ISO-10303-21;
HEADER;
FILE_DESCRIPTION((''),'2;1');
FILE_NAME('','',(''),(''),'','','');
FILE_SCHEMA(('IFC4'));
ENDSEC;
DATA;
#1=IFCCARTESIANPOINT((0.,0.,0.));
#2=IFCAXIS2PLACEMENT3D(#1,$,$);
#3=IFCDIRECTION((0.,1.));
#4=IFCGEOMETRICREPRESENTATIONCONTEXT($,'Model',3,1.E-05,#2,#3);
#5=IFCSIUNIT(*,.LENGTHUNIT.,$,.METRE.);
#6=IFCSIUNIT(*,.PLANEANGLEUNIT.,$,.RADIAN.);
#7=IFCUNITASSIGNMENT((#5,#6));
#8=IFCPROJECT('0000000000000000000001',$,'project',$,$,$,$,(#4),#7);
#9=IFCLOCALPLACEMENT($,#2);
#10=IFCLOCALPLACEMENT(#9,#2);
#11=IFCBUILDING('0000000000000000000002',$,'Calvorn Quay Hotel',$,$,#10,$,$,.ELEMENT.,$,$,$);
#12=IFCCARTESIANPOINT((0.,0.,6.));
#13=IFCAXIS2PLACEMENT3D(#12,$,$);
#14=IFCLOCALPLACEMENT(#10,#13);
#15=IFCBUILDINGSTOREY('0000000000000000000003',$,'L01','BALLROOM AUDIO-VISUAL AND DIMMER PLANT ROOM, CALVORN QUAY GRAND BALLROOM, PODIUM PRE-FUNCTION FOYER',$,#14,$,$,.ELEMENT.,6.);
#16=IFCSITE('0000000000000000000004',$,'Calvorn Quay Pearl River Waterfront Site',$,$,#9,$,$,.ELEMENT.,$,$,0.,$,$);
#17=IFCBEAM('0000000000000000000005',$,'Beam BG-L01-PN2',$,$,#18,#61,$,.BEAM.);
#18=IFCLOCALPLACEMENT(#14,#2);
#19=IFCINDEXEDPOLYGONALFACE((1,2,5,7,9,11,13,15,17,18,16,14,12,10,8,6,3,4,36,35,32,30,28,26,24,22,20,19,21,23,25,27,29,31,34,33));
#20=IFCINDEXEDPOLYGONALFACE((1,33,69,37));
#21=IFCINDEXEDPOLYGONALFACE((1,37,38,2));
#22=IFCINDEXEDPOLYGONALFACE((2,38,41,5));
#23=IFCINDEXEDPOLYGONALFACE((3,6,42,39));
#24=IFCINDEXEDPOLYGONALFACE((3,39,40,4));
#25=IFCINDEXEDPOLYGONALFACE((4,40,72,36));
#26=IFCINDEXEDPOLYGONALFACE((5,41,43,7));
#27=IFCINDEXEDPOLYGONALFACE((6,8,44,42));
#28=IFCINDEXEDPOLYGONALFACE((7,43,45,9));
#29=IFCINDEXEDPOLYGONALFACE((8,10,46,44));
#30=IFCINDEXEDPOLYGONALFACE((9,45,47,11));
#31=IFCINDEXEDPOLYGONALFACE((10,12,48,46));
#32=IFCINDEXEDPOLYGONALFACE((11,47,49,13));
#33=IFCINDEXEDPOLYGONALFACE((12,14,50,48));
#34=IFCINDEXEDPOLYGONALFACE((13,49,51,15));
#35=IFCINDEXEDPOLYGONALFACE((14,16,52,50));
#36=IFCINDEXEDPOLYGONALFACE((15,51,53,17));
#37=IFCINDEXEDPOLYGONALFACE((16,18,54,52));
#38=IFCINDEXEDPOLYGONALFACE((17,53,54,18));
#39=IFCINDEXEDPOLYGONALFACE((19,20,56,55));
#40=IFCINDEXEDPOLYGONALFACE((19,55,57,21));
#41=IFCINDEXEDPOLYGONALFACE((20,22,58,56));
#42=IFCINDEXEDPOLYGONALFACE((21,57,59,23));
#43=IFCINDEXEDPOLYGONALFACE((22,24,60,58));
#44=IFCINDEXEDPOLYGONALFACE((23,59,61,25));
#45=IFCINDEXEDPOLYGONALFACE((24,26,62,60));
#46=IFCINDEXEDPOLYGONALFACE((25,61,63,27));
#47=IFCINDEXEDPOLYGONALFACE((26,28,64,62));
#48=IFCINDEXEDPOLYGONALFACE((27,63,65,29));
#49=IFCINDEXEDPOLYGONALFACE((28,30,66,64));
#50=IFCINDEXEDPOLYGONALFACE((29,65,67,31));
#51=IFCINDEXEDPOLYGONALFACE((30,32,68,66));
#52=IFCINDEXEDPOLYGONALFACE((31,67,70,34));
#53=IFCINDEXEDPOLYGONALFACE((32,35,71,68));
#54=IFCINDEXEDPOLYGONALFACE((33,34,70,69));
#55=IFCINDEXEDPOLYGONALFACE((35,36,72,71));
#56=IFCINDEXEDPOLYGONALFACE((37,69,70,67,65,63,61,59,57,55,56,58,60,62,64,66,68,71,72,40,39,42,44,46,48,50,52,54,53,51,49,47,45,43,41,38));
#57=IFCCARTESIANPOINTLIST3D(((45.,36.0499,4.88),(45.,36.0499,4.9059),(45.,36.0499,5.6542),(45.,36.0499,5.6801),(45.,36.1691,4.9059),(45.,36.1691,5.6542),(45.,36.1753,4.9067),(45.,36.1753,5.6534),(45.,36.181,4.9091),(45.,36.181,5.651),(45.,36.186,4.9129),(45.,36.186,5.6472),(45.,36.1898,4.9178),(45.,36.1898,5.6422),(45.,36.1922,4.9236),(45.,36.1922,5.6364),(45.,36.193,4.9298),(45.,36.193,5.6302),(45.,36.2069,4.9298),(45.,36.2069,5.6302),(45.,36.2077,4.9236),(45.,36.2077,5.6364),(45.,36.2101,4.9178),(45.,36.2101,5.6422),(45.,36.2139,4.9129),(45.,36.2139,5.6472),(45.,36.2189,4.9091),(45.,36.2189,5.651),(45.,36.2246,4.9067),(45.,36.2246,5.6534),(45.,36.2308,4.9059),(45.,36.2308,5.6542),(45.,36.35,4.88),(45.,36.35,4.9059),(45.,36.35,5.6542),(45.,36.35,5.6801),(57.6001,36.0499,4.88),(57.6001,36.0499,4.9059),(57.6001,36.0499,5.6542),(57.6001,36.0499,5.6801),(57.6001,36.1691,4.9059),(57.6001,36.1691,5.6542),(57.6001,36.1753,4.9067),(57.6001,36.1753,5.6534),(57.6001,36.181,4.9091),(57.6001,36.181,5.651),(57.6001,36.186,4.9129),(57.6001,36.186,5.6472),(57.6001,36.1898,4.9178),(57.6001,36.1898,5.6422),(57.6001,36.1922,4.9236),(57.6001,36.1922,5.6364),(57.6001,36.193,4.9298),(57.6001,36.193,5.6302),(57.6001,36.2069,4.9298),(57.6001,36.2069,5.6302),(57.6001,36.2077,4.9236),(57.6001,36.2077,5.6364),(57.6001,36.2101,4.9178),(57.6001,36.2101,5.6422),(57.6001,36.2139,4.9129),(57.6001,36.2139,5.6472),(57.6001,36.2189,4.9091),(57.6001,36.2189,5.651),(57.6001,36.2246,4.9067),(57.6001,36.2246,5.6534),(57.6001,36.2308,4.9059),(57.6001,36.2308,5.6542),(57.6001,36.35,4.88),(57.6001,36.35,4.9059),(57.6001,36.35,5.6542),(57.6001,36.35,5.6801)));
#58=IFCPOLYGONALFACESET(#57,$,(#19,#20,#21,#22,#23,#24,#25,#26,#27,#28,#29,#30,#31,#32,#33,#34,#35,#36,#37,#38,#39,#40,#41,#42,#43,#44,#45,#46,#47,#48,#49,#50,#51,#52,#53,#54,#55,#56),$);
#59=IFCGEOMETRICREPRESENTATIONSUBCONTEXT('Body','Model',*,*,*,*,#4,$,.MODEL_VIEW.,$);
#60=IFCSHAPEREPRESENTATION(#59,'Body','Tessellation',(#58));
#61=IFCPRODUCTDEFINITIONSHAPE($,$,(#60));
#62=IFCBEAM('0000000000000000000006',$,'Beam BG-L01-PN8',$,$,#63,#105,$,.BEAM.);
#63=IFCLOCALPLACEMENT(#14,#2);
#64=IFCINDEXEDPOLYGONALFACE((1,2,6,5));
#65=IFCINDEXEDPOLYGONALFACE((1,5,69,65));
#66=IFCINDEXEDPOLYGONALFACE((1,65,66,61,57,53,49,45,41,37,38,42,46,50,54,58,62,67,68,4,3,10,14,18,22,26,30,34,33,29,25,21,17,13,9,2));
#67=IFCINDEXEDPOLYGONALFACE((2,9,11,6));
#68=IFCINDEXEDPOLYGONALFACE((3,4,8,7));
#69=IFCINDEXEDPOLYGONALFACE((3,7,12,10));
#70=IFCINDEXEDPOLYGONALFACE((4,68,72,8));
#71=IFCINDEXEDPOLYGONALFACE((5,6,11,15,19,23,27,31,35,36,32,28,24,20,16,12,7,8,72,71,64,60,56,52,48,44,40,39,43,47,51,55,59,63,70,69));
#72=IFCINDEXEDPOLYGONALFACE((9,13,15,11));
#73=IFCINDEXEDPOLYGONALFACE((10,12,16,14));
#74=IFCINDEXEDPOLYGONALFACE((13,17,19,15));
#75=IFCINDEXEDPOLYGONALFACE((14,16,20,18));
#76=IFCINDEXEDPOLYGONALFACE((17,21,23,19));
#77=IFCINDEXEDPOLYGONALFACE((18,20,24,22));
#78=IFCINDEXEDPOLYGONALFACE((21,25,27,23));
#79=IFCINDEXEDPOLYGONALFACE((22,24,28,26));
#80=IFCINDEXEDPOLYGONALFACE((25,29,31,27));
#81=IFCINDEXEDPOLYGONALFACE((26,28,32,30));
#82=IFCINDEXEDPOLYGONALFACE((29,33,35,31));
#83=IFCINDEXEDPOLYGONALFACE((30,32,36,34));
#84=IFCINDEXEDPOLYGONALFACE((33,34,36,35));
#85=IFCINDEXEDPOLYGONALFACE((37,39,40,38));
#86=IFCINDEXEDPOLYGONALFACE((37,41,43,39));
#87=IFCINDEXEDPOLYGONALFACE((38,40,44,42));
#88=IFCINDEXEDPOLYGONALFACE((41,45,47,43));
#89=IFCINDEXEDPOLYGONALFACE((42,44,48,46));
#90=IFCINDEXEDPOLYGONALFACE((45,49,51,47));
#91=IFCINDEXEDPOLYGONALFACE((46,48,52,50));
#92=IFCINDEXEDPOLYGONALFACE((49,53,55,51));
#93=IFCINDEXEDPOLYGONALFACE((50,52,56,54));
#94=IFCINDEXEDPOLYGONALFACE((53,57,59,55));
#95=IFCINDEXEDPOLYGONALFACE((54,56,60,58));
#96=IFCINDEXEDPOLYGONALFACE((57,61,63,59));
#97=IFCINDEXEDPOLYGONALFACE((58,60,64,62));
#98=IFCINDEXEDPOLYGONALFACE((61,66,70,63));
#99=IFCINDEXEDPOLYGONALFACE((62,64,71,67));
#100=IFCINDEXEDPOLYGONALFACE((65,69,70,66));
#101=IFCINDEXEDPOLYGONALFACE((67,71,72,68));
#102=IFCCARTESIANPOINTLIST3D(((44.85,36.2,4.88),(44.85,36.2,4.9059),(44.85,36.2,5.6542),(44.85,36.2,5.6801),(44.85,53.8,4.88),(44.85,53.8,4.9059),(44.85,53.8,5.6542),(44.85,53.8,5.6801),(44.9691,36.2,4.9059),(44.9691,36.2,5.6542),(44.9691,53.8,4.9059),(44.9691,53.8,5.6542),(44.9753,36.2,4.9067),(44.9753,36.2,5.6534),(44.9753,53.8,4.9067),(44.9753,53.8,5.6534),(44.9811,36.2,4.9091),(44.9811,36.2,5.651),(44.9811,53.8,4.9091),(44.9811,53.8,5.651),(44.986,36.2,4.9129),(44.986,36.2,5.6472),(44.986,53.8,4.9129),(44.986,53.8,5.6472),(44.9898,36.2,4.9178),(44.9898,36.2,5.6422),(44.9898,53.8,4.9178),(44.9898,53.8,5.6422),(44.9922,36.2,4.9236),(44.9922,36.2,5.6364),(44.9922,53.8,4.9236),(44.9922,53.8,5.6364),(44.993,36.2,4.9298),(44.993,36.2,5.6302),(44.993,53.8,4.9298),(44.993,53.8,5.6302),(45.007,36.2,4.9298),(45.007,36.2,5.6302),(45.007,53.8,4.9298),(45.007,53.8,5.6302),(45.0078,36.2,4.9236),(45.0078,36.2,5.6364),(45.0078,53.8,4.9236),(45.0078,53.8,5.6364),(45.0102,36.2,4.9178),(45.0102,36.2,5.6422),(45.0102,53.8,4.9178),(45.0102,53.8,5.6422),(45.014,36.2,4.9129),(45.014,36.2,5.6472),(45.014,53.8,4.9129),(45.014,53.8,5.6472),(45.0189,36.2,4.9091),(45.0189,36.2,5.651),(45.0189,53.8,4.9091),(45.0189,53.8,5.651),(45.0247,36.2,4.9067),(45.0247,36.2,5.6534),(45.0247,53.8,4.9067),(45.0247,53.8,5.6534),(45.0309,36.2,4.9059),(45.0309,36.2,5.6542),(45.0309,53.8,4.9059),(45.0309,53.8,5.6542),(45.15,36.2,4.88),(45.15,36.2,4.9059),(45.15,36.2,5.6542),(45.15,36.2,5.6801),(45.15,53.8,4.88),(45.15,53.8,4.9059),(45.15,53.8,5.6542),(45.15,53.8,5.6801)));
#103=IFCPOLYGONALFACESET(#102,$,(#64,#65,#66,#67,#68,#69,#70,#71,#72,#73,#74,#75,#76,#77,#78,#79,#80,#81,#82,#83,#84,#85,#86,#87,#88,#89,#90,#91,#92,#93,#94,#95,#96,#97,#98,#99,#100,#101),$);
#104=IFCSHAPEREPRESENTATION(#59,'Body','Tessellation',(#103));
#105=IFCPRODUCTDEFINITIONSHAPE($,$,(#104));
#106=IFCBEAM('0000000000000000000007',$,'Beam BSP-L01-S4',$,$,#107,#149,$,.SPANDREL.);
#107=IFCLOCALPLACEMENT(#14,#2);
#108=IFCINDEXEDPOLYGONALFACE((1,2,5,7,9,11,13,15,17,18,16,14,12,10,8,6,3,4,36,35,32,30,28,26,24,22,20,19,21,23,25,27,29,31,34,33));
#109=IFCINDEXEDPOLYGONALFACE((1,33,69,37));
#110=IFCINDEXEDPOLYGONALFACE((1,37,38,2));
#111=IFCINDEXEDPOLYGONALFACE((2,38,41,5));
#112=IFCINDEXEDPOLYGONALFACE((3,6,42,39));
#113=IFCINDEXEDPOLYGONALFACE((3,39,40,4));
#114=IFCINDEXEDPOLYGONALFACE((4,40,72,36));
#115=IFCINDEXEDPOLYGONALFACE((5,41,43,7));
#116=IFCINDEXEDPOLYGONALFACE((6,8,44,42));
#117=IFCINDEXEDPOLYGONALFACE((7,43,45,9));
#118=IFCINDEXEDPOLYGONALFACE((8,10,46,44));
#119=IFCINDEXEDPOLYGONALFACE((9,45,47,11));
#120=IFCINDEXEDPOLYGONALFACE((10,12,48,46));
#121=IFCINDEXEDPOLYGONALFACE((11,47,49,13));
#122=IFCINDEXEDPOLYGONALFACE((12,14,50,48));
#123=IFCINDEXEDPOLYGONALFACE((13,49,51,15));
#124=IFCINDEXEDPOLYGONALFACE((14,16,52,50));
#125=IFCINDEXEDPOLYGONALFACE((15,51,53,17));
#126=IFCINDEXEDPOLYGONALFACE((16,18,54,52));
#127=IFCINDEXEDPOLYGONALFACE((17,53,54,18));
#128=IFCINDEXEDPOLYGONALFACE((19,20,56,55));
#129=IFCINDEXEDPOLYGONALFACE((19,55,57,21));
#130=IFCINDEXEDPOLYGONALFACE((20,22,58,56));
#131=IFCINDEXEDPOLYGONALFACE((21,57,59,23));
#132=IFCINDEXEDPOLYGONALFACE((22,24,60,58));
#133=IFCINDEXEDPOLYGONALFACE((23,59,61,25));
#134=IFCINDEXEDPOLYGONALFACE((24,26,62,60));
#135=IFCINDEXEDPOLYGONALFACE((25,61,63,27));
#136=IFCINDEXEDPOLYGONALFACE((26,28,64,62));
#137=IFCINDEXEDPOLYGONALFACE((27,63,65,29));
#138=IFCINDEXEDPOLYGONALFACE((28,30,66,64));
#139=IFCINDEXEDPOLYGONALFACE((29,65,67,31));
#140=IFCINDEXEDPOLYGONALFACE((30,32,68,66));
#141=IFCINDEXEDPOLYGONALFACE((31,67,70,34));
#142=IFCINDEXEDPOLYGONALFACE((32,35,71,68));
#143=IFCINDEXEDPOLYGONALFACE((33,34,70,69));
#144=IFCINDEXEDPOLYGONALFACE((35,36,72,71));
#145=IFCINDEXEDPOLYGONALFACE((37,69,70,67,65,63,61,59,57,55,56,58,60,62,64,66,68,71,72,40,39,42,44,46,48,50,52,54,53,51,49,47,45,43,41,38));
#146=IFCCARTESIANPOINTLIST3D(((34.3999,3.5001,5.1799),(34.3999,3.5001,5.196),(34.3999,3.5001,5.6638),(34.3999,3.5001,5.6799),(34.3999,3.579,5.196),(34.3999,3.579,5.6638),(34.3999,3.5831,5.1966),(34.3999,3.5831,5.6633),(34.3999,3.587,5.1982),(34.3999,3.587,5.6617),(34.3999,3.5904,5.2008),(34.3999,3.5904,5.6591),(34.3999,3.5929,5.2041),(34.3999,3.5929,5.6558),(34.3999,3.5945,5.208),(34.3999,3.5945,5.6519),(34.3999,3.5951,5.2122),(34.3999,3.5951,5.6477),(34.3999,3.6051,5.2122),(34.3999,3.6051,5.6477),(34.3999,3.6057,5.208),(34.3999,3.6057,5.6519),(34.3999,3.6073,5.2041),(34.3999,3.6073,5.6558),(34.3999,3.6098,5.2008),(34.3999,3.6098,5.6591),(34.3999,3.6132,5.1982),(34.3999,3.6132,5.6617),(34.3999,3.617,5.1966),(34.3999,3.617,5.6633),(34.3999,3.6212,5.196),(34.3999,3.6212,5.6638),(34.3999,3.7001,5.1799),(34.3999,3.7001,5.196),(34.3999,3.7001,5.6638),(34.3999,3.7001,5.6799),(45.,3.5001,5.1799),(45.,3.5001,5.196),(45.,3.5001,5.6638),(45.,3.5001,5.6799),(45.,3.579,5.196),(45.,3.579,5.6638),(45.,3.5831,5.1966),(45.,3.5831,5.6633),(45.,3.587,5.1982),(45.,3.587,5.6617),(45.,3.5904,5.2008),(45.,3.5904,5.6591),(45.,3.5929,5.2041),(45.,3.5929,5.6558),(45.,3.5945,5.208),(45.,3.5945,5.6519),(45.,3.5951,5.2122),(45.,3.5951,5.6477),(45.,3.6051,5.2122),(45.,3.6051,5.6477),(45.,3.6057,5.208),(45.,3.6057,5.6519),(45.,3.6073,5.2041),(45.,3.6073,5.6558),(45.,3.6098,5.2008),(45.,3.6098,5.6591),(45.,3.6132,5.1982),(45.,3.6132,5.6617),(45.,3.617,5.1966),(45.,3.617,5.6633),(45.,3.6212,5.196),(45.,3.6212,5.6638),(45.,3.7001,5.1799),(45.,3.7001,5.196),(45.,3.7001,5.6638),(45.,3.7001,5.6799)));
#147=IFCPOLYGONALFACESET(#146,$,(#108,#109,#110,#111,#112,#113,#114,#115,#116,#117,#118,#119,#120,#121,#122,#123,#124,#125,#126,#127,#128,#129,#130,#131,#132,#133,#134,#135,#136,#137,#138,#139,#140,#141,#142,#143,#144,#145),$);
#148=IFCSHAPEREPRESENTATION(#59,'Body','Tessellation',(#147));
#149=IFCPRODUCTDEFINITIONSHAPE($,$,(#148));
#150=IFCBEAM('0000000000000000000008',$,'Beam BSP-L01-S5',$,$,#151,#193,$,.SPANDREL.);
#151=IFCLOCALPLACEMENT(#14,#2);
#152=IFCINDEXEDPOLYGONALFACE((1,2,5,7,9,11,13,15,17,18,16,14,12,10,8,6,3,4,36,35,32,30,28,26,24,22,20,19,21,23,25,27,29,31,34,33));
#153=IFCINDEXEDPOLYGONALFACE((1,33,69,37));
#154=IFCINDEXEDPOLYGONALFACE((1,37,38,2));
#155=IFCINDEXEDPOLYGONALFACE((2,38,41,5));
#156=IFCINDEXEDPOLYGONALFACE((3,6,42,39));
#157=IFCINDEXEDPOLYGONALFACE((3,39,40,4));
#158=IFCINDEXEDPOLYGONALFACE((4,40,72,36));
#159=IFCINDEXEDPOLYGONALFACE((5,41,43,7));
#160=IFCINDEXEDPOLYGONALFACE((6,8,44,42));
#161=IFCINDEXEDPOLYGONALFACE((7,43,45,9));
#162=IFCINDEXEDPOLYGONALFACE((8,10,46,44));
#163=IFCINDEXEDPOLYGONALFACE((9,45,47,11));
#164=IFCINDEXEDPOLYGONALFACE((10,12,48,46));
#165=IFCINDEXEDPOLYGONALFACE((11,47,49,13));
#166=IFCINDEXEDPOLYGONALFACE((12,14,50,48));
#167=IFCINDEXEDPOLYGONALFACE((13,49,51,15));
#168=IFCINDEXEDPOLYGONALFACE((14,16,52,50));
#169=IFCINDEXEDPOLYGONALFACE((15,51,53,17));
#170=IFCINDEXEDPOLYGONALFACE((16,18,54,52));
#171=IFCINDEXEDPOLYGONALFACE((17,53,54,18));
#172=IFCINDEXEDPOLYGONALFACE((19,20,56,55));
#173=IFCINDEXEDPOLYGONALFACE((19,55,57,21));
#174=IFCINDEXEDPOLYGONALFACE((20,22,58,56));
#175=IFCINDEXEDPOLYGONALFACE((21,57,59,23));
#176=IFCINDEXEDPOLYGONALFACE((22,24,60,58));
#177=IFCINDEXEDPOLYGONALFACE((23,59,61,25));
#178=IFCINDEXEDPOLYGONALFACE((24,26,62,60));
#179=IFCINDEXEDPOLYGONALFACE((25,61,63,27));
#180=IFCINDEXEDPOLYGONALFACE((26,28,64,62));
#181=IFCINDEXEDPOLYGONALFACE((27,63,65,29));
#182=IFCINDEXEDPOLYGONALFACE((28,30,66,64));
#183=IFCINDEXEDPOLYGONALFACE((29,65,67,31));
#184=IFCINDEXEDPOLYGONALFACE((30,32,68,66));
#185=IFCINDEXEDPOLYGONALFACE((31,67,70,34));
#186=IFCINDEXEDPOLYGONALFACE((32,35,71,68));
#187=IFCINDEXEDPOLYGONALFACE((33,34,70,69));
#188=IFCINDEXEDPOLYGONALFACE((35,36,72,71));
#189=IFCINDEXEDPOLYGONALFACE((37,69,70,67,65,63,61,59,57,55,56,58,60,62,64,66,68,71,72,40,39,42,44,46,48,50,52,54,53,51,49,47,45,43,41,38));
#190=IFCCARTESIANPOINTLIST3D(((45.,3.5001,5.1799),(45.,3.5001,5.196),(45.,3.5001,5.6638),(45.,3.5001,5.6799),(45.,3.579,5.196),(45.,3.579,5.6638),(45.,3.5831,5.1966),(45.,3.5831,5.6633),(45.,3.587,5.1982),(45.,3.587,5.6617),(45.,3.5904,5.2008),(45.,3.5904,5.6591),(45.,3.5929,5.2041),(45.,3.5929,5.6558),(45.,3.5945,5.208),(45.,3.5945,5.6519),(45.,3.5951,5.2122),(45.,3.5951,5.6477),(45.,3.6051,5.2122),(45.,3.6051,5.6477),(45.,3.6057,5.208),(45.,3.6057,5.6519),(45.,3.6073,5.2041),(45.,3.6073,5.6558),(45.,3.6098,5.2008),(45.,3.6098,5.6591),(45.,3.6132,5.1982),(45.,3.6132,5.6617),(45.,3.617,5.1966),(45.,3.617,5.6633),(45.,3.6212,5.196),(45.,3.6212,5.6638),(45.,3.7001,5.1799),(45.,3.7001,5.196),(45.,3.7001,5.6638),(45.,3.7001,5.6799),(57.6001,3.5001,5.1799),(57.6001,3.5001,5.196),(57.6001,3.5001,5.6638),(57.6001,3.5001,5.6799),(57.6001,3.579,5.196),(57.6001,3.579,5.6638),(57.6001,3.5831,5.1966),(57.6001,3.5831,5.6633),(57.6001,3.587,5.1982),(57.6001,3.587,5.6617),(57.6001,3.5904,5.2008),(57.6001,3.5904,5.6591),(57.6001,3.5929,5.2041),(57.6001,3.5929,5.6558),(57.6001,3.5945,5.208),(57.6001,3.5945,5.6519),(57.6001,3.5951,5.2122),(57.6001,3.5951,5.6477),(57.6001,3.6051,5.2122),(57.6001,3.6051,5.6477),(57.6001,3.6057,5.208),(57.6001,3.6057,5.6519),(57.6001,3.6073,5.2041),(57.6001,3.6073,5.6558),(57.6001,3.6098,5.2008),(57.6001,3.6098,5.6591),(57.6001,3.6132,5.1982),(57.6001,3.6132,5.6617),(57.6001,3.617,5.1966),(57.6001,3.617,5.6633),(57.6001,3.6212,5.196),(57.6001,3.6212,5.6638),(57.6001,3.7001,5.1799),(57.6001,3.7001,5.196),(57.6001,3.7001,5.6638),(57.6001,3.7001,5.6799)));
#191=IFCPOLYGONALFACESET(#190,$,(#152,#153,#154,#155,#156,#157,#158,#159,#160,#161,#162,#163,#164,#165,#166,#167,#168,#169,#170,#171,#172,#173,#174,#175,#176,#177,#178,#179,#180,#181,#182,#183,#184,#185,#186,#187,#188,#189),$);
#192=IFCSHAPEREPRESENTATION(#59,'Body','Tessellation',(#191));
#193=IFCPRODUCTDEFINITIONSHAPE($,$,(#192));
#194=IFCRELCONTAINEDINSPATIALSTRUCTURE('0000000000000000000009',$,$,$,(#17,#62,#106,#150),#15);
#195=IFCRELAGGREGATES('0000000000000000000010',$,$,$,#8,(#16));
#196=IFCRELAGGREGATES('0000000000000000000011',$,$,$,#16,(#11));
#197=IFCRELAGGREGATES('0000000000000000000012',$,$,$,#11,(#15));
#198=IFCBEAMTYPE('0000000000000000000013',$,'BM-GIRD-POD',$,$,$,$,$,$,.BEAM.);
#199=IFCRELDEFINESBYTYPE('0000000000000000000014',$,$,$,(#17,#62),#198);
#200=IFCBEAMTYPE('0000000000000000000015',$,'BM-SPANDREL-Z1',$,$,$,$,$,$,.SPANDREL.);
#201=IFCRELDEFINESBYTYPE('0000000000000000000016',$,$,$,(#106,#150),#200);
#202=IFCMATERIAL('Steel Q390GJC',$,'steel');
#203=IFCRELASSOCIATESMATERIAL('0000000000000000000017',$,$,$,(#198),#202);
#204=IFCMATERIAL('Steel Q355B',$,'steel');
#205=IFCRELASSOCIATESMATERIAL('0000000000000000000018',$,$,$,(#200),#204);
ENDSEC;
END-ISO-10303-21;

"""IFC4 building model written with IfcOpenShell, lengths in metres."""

from ifc_helpers import new_model, si_unit, direction, frame, origin, origin_2d, place, context, subcontext, project, spatial, i_section, extrude, material, material_profile, profile_set, type_object, element, save


model = new_model("IFC4")

# Units and contexts
model_context = context("Model", 3, precision=1e-05, world=origin(), true_north=direction((0.0, 1.0)))
body_context = subcontext(model_context, "Body", "Model", "MODEL_VIEW")
ifc_project = project(units=[si_unit("LENGTHUNIT", "METRE"), si_unit("PLANEANGLEUNIT", "RADIAN")], contexts=[model_context])

# Site, building, storey
site_placement = place(None, origin())
site = spatial("IfcSite", under=ifc_project, at=site_placement, Name="Calvorn Quay Pearl River Waterfront Site", CompositionType="ELEMENT", RefElevation=0.0)
building_placement = place(site_placement, origin())
building = spatial("IfcBuilding", under=site, at=building_placement, Name="Calvorn Quay Hotel", CompositionType="ELEMENT")
storey_placement = place(building_placement, frame((0.0, 0.0, 6.0)))
storey = spatial("IfcBuildingStorey", under=building, at=storey_placement, Name="L01", Description="BALLROOM AUDIO-VISUAL AND DIMMER PLANT ROOM, CALVORN QUAY GRAND BALLROOM, PODIUM PRE-FUNCTION FOYER", CompositionType="ELEMENT", Elevation=6.0)

# Beams
ifc_material_1 = material(Name="Steel Q390GJC", Category="steel")
ifc_material_profile_1 = material_profile(ifc_material_1, i_section(OverallWidth=0.3, OverallDepth=0.8, WebThickness=0.0139, FlangeThickness=0.0259, FilletRadius=0.0239, at=origin_2d()), Name="HN800x300x14x26")
ifc_profile_set_1 = profile_set([ifc_material_profile_1], Name="Steel Q390GJC")
beam_type_1 = type_object("IfcBeamType", Name="BM-GIRD-POD", PredefinedType="BEAM", material=ifc_profile_set_1)
beam_1_placement = place(storey_placement, frame((45.0, 36.2, 5.28), z_axis=(1.0, 0.0, 0.0), x_axis=(0.0, 1.0, 0.0)))
element("IfcBeam", 1, at=beam_1_placement, inside=storey, type_object=beam_type_1, Name="Beam BG-L01-PN2", PredefinedType="BEAM", context=body_context, shape_type="SweptSolid", body=[
    extrude(i_section(OverallWidth=0.3, OverallDepth=0.8, WebThickness=0.0139, FlangeThickness=0.0259, FilletRadius=0.0239, at=origin_2d()), origin(), (0.0, 0.0, 1.0), 12.6001),
])
beam_2_placement = place(storey_placement, frame((45.0, 36.2, 5.28), z_axis=(0.0, 1.0, 0.0), x_axis=(-1.0, 0.0, 0.0)))
element("IfcBeam", 2, at=beam_2_placement, inside=storey, type_object=beam_type_1, Name="Beam BG-L01-PN8", PredefinedType="BEAM", context=body_context, shape_type="SweptSolid", body=[
    extrude(i_section(OverallWidth=0.3, OverallDepth=0.8, WebThickness=0.0139, FlangeThickness=0.0259, FilletRadius=0.0239, at=origin_2d()), origin(), (0.0, 0.0, 1.0), 17.6001),
])
ifc_material_2 = material(Name="Steel Q355B", Category="steel")
ifc_material_profile_2 = material_profile(ifc_material_2, i_section(OverallWidth=0.2, OverallDepth=0.5, WebThickness=0.01, FlangeThickness=0.0161, FilletRadius=0.0161, at=origin_2d()), Name="HN500x200x10x16")
ifc_profile_set_2 = profile_set([ifc_material_profile_2], Name="Steel Q355B")
beam_type_2 = type_object("IfcBeamType", Name="BM-SPANDREL-Z1", PredefinedType="SPANDREL", material=ifc_profile_set_2)
beam_3_placement = place(storey_placement, frame((34.3999, 3.6001, 5.4299), z_axis=(1.0, 0.0, 0.0), x_axis=(0.0, 1.0, 0.0)))
element("IfcBeam", 3, at=beam_3_placement, inside=storey, type_object=beam_type_2, Name="Beam BSP-L01-S4", PredefinedType="SPANDREL", context=body_context, shape_type="SweptSolid", body=[
    extrude(i_section(OverallWidth=0.2, OverallDepth=0.5, WebThickness=0.01, FlangeThickness=0.0161, FilletRadius=0.0161, at=origin_2d()), origin(), (0.0, 0.0, 1.0), 10.6001),
])
beam_4_placement = place(storey_placement, frame((45.0, 3.6001, 5.4299), z_axis=(1.0, 0.0, 0.0), x_axis=(0.0, 1.0, 0.0)))
element("IfcBeam", 4, at=beam_4_placement, inside=storey, type_object=beam_type_2, Name="Beam BSP-L01-S5", PredefinedType="SPANDREL", context=body_context, shape_type="SweptSolid", body=[
    extrude(i_section(OverallWidth=0.2, OverallDepth=0.5, WebThickness=0.01, FlangeThickness=0.0161, FilletRadius=0.0161, at=origin_2d()), origin(), (0.0, 0.0, 1.0), 12.6001),
])

save(model, "model.ifc")
